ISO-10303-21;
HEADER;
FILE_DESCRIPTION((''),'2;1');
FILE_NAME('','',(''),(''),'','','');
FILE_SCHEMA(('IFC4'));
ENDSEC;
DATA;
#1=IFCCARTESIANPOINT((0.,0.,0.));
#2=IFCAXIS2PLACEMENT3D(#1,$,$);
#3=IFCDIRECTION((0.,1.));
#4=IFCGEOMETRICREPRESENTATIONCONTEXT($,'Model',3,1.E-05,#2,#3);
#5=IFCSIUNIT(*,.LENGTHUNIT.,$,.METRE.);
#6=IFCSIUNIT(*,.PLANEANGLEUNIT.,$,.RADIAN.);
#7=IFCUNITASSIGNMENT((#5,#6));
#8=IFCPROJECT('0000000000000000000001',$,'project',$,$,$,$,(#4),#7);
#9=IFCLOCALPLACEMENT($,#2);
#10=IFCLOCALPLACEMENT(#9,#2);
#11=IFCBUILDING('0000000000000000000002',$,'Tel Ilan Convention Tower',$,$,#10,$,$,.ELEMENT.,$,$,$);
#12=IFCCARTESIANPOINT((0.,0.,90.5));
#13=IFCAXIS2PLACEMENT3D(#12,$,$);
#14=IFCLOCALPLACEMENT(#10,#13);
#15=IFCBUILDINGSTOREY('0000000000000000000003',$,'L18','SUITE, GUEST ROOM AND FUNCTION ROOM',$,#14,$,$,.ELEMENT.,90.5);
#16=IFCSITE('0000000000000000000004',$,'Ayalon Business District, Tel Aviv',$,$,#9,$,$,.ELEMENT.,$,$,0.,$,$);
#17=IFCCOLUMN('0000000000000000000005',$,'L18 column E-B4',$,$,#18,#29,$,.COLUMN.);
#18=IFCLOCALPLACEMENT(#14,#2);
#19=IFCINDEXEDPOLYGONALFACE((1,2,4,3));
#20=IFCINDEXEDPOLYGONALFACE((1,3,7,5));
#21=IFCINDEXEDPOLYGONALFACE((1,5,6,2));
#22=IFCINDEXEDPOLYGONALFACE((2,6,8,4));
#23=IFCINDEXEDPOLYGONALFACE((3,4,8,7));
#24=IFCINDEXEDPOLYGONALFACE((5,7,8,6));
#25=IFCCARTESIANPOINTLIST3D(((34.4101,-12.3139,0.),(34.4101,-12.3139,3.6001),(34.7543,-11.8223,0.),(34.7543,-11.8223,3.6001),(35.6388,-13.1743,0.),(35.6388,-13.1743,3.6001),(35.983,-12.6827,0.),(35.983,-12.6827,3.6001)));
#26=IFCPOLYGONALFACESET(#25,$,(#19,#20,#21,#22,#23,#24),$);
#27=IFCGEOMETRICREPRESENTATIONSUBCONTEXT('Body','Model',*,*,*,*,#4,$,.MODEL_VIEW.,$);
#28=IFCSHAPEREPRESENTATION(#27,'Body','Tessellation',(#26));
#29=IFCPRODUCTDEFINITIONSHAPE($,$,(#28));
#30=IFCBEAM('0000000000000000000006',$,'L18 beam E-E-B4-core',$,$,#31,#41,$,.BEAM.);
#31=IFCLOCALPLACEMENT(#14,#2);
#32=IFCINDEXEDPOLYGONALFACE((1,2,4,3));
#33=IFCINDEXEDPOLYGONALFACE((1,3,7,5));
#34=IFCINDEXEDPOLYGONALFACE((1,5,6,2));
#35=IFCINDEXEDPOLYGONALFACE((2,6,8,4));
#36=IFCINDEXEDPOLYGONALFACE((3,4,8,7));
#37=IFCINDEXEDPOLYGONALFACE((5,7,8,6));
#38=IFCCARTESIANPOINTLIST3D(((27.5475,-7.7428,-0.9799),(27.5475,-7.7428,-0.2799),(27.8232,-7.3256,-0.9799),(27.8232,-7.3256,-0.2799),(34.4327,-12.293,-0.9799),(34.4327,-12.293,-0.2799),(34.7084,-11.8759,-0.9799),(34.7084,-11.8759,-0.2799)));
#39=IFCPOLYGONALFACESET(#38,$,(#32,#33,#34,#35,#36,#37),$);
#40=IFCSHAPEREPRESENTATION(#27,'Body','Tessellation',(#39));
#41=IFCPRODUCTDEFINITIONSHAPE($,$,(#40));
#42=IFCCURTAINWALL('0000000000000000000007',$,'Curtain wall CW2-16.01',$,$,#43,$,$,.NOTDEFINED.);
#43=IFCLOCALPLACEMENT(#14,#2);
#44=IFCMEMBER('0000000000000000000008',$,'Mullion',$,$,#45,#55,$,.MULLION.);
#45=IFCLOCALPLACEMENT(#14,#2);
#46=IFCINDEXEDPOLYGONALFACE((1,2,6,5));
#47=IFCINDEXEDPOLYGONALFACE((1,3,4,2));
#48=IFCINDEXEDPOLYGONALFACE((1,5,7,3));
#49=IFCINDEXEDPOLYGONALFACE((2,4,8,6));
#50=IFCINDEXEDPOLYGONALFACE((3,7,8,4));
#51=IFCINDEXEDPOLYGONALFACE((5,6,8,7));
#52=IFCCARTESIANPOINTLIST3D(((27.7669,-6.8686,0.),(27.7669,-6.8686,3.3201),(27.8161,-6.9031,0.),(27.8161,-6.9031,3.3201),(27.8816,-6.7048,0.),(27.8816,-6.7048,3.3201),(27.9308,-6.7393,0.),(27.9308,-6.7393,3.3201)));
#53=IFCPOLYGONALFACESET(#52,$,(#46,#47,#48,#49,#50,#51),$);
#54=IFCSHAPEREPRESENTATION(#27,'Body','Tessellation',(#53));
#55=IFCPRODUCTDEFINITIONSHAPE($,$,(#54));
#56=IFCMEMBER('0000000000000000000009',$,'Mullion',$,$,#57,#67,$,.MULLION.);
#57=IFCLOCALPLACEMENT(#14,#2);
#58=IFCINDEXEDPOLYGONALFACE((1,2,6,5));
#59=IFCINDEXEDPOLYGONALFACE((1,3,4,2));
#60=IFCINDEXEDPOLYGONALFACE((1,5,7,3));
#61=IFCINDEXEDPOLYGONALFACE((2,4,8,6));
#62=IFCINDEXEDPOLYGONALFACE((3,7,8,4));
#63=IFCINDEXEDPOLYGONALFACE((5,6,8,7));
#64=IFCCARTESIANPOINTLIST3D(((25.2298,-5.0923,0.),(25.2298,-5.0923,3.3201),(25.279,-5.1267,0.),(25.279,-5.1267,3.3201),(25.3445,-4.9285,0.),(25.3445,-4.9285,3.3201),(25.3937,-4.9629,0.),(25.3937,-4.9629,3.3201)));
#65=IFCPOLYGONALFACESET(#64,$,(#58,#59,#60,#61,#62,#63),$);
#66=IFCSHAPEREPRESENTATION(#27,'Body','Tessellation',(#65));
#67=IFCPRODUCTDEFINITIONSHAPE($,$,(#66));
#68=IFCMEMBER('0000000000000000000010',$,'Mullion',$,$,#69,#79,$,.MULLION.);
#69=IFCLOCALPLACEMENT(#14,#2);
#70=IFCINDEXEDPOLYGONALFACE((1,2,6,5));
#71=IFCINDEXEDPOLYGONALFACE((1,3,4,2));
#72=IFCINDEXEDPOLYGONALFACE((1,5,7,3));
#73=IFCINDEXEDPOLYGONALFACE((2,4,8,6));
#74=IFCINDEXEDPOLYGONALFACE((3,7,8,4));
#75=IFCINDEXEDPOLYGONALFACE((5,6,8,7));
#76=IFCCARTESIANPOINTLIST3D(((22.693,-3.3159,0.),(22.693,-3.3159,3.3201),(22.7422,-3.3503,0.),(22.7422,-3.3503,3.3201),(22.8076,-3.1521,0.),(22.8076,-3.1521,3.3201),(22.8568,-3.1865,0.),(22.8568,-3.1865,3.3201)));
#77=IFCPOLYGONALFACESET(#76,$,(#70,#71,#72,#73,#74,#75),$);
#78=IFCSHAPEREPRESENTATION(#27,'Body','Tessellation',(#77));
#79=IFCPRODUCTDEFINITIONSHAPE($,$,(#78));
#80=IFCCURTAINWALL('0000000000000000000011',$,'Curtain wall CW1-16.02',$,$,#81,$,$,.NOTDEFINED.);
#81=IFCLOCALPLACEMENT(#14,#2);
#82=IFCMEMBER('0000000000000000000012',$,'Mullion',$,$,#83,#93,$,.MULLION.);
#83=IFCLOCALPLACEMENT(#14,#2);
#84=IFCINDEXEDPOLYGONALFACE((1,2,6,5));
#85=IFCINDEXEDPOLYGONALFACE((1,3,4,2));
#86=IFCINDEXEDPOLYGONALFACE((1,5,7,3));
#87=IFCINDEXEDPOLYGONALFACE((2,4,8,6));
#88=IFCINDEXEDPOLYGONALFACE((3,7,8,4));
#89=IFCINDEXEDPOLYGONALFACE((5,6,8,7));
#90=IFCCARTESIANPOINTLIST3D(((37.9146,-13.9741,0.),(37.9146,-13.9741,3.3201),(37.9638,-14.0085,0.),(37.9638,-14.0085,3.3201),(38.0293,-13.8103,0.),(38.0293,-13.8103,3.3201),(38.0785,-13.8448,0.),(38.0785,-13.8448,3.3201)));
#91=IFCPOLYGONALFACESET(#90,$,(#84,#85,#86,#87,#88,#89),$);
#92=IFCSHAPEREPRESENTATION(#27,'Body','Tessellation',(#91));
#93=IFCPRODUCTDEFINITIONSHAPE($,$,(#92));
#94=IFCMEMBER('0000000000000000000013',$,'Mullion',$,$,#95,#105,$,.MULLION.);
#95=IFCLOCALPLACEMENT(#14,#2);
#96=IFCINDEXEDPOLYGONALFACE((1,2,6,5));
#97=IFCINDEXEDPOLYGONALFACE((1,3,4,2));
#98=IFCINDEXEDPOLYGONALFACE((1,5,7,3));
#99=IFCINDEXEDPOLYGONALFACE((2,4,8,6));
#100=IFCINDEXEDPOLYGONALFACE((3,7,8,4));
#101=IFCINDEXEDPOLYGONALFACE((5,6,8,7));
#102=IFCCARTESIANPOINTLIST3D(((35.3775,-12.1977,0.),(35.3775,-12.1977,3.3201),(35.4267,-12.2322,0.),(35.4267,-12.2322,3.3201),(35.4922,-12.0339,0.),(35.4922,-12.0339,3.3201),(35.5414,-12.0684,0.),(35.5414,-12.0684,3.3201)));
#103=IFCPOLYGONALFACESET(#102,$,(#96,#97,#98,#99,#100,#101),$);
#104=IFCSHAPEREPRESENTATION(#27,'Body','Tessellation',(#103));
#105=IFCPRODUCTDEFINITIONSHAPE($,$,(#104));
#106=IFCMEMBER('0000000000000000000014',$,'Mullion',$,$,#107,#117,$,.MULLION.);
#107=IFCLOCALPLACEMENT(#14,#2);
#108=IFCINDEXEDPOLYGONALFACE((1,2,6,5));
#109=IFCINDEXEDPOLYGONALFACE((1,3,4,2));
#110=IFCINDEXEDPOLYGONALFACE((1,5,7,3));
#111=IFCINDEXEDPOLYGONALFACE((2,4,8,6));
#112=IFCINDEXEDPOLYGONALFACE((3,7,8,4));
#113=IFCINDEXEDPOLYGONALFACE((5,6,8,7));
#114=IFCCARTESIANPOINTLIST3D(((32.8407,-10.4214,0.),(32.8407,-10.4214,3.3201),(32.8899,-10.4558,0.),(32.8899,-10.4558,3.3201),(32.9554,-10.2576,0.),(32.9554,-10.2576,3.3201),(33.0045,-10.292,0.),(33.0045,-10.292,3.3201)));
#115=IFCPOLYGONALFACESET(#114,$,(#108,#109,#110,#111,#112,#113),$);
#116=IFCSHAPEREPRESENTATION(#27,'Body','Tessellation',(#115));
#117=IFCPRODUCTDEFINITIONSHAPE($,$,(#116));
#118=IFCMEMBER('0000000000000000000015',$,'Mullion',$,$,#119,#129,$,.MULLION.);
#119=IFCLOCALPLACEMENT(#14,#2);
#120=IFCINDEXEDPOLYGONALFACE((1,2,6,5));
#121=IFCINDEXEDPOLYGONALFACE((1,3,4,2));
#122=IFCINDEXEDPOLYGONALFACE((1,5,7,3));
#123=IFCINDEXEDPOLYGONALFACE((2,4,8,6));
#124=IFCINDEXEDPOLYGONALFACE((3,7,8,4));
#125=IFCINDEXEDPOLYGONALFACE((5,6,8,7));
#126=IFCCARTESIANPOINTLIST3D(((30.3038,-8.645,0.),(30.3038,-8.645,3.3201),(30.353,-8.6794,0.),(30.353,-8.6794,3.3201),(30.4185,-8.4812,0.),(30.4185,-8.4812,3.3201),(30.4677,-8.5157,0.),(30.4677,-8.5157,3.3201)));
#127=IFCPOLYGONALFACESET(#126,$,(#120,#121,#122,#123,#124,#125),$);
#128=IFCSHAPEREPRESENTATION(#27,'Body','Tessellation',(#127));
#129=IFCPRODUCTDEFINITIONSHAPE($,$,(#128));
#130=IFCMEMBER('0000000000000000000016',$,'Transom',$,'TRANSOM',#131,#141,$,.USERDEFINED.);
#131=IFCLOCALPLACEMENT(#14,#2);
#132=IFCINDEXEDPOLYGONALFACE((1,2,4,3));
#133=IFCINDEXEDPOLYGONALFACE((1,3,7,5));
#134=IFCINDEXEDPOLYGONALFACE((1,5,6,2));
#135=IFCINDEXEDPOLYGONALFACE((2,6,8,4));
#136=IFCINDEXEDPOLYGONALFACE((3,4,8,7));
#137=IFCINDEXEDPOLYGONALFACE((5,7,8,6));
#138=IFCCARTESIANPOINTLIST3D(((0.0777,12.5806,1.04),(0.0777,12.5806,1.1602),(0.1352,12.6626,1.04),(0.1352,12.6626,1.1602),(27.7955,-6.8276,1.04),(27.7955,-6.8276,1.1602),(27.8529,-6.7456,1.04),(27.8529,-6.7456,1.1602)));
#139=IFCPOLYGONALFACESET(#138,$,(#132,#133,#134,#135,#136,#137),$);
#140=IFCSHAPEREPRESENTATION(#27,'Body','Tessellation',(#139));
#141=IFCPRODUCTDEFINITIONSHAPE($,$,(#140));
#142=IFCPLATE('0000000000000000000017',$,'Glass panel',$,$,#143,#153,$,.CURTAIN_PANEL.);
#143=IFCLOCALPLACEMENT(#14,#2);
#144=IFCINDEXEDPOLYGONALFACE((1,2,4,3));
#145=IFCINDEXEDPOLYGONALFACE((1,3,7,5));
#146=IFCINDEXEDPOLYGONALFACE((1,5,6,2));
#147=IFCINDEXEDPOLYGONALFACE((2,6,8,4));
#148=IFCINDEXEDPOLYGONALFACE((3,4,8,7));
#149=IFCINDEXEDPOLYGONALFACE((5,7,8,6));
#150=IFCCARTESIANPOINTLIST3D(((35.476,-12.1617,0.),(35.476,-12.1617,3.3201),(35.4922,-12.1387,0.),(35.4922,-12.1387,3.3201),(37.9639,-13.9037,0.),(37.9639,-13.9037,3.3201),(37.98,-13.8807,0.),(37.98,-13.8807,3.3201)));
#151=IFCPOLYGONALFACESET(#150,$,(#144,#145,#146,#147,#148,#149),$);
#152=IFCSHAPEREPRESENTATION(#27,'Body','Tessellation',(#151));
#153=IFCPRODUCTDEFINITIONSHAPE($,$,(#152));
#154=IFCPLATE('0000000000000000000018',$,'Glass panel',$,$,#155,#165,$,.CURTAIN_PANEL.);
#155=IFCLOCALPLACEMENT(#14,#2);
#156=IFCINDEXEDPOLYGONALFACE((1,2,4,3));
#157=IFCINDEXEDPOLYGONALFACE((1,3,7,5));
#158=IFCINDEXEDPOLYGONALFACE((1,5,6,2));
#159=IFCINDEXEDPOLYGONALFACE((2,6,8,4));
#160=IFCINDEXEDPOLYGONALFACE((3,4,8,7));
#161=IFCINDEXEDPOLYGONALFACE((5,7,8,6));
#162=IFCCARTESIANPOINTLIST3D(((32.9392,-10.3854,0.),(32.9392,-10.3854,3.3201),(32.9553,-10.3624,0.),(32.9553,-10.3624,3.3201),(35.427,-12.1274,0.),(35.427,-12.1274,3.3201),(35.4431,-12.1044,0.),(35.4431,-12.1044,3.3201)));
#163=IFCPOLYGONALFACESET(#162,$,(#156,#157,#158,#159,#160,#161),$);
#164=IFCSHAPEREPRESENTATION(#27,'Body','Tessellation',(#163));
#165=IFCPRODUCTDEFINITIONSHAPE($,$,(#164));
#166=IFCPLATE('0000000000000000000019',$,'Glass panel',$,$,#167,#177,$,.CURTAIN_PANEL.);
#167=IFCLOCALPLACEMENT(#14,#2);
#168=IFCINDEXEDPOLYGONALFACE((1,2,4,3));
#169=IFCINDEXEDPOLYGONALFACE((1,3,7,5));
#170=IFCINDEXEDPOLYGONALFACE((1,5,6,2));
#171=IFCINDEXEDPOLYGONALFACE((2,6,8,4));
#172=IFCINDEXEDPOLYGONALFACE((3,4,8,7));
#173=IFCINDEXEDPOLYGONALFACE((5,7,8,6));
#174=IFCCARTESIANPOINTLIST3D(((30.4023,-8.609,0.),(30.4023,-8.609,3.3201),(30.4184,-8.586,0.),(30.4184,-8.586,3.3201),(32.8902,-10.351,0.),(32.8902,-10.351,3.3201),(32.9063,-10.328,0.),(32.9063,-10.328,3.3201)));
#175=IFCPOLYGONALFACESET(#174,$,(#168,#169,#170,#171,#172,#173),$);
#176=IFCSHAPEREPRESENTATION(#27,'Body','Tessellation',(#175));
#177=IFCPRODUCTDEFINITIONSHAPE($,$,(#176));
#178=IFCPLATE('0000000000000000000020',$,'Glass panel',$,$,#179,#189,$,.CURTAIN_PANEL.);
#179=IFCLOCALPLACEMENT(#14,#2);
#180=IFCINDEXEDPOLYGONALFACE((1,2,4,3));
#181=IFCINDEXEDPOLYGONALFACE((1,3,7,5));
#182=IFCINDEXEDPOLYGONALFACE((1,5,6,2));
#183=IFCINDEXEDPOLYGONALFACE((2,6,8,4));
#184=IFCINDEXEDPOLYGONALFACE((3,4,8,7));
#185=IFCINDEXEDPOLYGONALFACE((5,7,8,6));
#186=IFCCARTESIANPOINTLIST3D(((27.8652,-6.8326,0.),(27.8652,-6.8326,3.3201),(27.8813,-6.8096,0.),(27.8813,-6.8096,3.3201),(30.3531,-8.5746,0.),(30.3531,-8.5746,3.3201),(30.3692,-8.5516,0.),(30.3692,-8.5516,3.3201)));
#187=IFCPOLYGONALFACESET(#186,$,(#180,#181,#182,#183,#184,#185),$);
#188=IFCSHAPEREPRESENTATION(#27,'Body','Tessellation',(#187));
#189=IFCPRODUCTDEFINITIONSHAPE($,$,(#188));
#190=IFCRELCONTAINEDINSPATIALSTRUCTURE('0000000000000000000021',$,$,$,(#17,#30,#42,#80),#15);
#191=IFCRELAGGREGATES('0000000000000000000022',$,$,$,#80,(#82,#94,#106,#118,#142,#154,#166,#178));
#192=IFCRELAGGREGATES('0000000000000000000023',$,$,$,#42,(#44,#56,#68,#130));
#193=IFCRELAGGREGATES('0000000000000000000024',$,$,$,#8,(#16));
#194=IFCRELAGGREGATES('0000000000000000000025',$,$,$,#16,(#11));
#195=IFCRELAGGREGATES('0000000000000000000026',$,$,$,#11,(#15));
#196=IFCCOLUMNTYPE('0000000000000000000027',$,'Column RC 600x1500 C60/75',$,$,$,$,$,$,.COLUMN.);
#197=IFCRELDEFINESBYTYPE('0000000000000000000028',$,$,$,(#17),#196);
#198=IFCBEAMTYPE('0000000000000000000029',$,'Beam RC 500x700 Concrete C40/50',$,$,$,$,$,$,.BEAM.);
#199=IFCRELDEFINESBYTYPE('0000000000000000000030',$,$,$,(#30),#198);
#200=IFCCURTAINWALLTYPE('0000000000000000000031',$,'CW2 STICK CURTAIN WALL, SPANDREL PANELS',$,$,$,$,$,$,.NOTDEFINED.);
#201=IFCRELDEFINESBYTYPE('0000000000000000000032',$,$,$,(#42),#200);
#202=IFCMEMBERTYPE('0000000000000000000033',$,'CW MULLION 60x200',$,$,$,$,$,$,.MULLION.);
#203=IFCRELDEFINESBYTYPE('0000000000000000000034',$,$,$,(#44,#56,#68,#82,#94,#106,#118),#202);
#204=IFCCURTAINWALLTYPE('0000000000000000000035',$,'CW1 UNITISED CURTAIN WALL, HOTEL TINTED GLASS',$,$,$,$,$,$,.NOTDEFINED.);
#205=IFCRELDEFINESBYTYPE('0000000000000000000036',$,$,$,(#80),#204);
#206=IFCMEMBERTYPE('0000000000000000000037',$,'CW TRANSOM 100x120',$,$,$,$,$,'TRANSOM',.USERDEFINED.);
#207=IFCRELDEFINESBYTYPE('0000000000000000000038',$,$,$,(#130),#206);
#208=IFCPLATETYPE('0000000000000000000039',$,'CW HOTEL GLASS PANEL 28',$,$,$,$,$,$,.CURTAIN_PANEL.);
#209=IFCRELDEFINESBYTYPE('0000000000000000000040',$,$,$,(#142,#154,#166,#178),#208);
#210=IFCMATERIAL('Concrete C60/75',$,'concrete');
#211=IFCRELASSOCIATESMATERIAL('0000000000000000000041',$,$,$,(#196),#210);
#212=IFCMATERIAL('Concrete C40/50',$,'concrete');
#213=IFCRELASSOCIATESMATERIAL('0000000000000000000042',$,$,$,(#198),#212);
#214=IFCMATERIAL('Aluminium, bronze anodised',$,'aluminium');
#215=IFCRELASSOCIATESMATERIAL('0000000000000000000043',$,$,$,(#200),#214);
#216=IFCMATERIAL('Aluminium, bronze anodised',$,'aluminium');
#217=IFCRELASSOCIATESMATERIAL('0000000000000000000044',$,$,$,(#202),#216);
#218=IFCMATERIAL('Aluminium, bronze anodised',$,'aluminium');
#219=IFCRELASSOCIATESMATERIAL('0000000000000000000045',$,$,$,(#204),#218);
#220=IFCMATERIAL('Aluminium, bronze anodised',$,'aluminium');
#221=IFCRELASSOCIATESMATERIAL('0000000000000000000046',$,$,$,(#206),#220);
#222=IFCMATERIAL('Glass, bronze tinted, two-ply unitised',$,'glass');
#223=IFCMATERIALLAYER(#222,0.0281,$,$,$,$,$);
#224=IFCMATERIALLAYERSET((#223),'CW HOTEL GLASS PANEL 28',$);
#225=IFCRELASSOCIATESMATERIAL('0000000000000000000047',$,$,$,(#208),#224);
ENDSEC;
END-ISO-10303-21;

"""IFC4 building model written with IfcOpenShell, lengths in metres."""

from ifc_helpers import new_model, si_unit, direction, frame, origin, origin_2d, place, context, subcontext, project, spatial, rectangle, extrude, material, layer, layer_set, material_profile, profile_set, type_object, element, aggregate, save


model = new_model("IFC4")

# Units and contexts
model_context = context("Model", 3, precision=1e-05, world=origin(), true_north=direction((0.0, 1.0)))
body_context = subcontext(model_context, "Body", "Model", "MODEL_VIEW")
ifc_project = project(units=[si_unit("LENGTHUNIT", "METRE"), si_unit("PLANEANGLEUNIT", "RADIAN")], contexts=[model_context])

# Site, building, storey
site_placement = place(None, origin())
site = spatial("IfcSite", under=ifc_project, at=site_placement, Name="Ayalon Business District, Tel Aviv", CompositionType="ELEMENT", RefElevation=0.0)
building_placement = place(site_placement, origin())
building = spatial("IfcBuilding", under=site, at=building_placement, Name="Tel Ilan Convention Tower", CompositionType="ELEMENT")
storey_placement = place(building_placement, frame((0.0, 0.0, 90.5)))
storey = spatial("IfcBuildingStorey", under=building, at=storey_placement, Name="L18", Description="SUITE, GUEST ROOM AND FUNCTION ROOM", CompositionType="ELEMENT", Elevation=90.5)

# Column
ifc_material_1 = material(Name="Concrete C60/75", Category="concrete")
ifc_material_profile_1 = material_profile(ifc_material_1, rectangle(XDim=1.5, YDim=0.6001, at=origin_2d()), Name="RC 600x1500")
ifc_profile_set_1 = profile_set([ifc_material_profile_1], Name="Concrete C60/75")
column_type = type_object("IfcColumnType", Name="Column RC 600x1500 C60/75", PredefinedType="COLUMN", material=ifc_profile_set_1)
column_placement = place(storey_placement, frame((35.1965, -12.4983, 0.0), z_axis=(0.0, 0.0, 1.0), x_axis=(0.819152, -0.573576, 0.0)))
element("IfcColumn", 1, at=column_placement, inside=storey, type_object=column_type, Name="L18 column E-B4", PredefinedType="COLUMN", context=body_context, shape_type="SweptSolid", body=[
    extrude(rectangle(XDim=1.5, YDim=0.6001, at=origin_2d()), origin(), (0.0, 0.0, 1.0), 3.6001),
])

# Beam
ifc_material_2 = material(Name="Concrete C40/50", Category="concrete")
ifc_material_profile_2 = material_profile(ifc_material_2, rectangle(XDim=0.5, YDim=0.7, at=origin_2d()), Name="RC 500x700")
ifc_profile_set_2 = profile_set([ifc_material_profile_2], Name="Concrete C40/50")
beam_type = type_object("IfcBeamType", Name="Beam RC 500x700 Concrete C40/50", PredefinedType="BEAM", material=ifc_profile_set_2)
beam_placement = place(storey_placement, frame((34.5706, -12.0845, -0.6299), z_axis=(-0.834274, 0.551351, 0.0), x_axis=(-0.551351, -0.834274, 0.0)))
element("IfcBeam", 2, at=beam_placement, inside=storey, type_object=beam_type, Name="L18 beam E-E-B4-core", PredefinedType="BEAM", context=body_context, shape_type="SweptSolid", body=[
    extrude(rectangle(XDim=0.5, YDim=0.7, at=origin_2d()), origin(), (0.0, 0.0, 1.0), 8.2529),
])

# Curtain walls, members
ifc_material_3 = material(Name="Aluminium, bronze anodised", Category="aluminium")
curtain_wall_type_1 = type_object("IfcCurtainWallType", Name="CW2 STICK CURTAIN WALL, SPANDREL PANELS", PredefinedType="NOTDEFINED", material=ifc_material_3)
curtain_wall_1_placement = place(storey_placement, origin())
curtain_wall_1 = element("IfcCurtainWall", 3, at=curtain_wall_1_placement, inside=storey, type_object=curtain_wall_type_1, Name="Curtain wall CW2-16.01", PredefinedType="NOTDEFINED")
ifc_material_4 = material(Name="Aluminium, bronze anodised", Category="aluminium")
ifc_material_profile_3 = material_profile(ifc_material_4, rectangle(XDim=0.0601, YDim=0.2, at=origin_2d()), Name="CW MULLION 60x200")
ifc_profile_set_3 = profile_set([ifc_material_profile_3], Name="Aluminium, bronze anodised")
member_type_1 = type_object("IfcMemberType", Name="CW MULLION 60x200", PredefinedType="MULLION", material=ifc_profile_set_3)
member_1_placement = place(storey_placement, frame((27.8489, -6.804, 0.0), z_axis=(0.0, 0.0, 1.0), x_axis=(-0.819152, 0.573576, 0.0)))
member_1 = element("IfcMember", 4, at=member_1_placement, type_object=member_type_1, Name="Mullion", PredefinedType="MULLION", context=body_context, shape_type="SweptSolid", body=[
    extrude(rectangle(XDim=0.0601, YDim=0.2, at=origin_2d()), origin(), (0.0, 0.0, 1.0), 3.3201),
])
member_2_placement = place(storey_placement, frame((25.3118, -5.0276, 0.0), z_axis=(0.0, 0.0, 1.0), x_axis=(-0.819152, 0.573576, 0.0)))
member_2 = element("IfcMember", 5, at=member_2_placement, type_object=member_type_1, Name="Mullion", PredefinedType="MULLION", context=body_context, shape_type="SweptSolid", body=[
    extrude(rectangle(XDim=0.0601, YDim=0.2, at=origin_2d()), origin(), (0.0, 0.0, 1.0), 3.3201),
])
member_3_placement = place(storey_placement, frame((22.7749, -3.2512, 0.0), z_axis=(0.0, 0.0, 1.0), x_axis=(-0.819152, 0.573576, 0.0)))
member_3 = element("IfcMember", 6, at=member_3_placement, type_object=member_type_1, Name="Mullion", PredefinedType="MULLION", context=body_context, shape_type="SweptSolid", body=[
    extrude(rectangle(XDim=0.0601, YDim=0.2, at=origin_2d()), origin(), (0.0, 0.0, 1.0), 3.3201),
])
ifc_material_5 = material(Name="Aluminium, bronze anodised", Category="aluminium")
curtain_wall_type_2 = type_object("IfcCurtainWallType", Name="CW1 UNITISED CURTAIN WALL, HOTEL TINTED GLASS", PredefinedType="NOTDEFINED", material=ifc_material_5)
curtain_wall_2_placement = place(storey_placement, origin())
curtain_wall_2 = element("IfcCurtainWall", 7, at=curtain_wall_2_placement, inside=storey, type_object=curtain_wall_type_2, Name="Curtain wall CW1-16.02", PredefinedType="NOTDEFINED")
member_4_placement = place(storey_placement, frame((37.9966, -13.9094, 0.0), z_axis=(0.0, 0.0, 1.0), x_axis=(-0.819152, 0.573576, 0.0)))
member_4 = element("IfcMember", 8, at=member_4_placement, type_object=member_type_1, Name="Mullion", PredefinedType="MULLION", context=body_context, shape_type="SweptSolid", body=[
    extrude(rectangle(XDim=0.0601, YDim=0.2, at=origin_2d()), origin(), (0.0, 0.0, 1.0), 3.3201),
])
member_5_placement = place(storey_placement, frame((35.4595, -12.1331, 0.0), z_axis=(0.0, 0.0, 1.0), x_axis=(-0.819152, 0.573576, 0.0)))
member_5 = element("IfcMember", 9, at=member_5_placement, type_object=member_type_1, Name="Mullion", PredefinedType="MULLION", context=body_context, shape_type="SweptSolid", body=[
    extrude(rectangle(XDim=0.0601, YDim=0.2, at=origin_2d()), origin(), (0.0, 0.0, 1.0), 3.3201),
])
member_6_placement = place(storey_placement, frame((32.9226, -10.3567, 0.0), z_axis=(0.0, 0.0, 1.0), x_axis=(-0.819152, 0.573576, 0.0)))
member_6 = element("IfcMember", 10, at=member_6_placement, type_object=member_type_1, Name="Mullion", PredefinedType="MULLION", context=body_context, shape_type="SweptSolid", body=[
    extrude(rectangle(XDim=0.0601, YDim=0.2, at=origin_2d()), origin(), (0.0, 0.0, 1.0), 3.3201),
])
member_7_placement = place(storey_placement, frame((30.3857, -8.5803, 0.0), z_axis=(0.0, 0.0, 1.0), x_axis=(-0.819152, 0.573576, 0.0)))
member_7 = element("IfcMember", 11, at=member_7_placement, type_object=member_type_1, Name="Mullion", PredefinedType="MULLION", context=body_context, shape_type="SweptSolid", body=[
    extrude(rectangle(XDim=0.0601, YDim=0.2, at=origin_2d()), origin(), (0.0, 0.0, 1.0), 3.3201),
])

# Member
ifc_material_6 = material(Name="Aluminium, bronze anodised", Category="aluminium")
ifc_material_profile_4 = material_profile(ifc_material_6, rectangle(XDim=0.1001, YDim=0.1201, at=origin_2d()), Name="CW TRANSOM 100x120")
ifc_profile_set_4 = profile_set([ifc_material_profile_4], Name="Aluminium, bronze anodised")
member_type_2 = type_object("IfcMemberType", Name="CW TRANSOM 100x120", ElementType="TRANSOM", PredefinedType="USERDEFINED", material=ifc_profile_set_4)
member_8_placement = place(storey_placement, frame((27.8242, -6.7866, 1.1001), z_axis=(-0.819152, 0.573577, 0.0), x_axis=(-0.573577, -0.819152, 0.0)))
member_8 = element("IfcMember", 12, at=member_8_placement, type_object=member_type_2, Name="Transom", ObjectType="TRANSOM", PredefinedType="USERDEFINED", context=body_context, shape_type="SweptSolid", body=[
    extrude(rectangle(XDim=0.1001, YDim=0.1201, at=origin_2d()), origin(), (0.0, 0.0, 1.0), 33.8372),
])

# Plates
ifc_material_7 = material(Name="Glass, bronze tinted, two-ply unitised", Category="glass")
ifc_layer_1 = layer(ifc_material_7, 0.0281)
ifc_layer_set_1 = layer_set([ifc_layer_1], Name="CW HOTEL GLASS PANEL 28")
plate_type_1 = type_object("IfcPlateType", Name="CW HOTEL GLASS PANEL 28", PredefinedType="CURTAIN_PANEL", material=ifc_layer_set_1)
plate_1_placement = place(storey_placement, frame((36.728, -13.0212, 0.0), z_axis=(0.0, 0.0, 1.0), x_axis=(-0.819152, 0.573576, 0.0)))
plate_1 = element("IfcPlate", 13, at=plate_1_placement, type_object=plate_type_1, Name="Glass panel", PredefinedType="CURTAIN_PANEL", context=body_context, shape_type="SweptSolid", body=[
    extrude(rectangle(XDim=3.0371, YDim=0.0281, at=origin_2d()), origin(), (0.0, 0.0, 1.0), 3.3201),
])
plate_2_placement = place(storey_placement, frame((34.1912, -11.2449, 0.0), z_axis=(0.0, 0.0, 1.0), x_axis=(-0.819152, 0.573576, 0.0)))
plate_2 = element("IfcPlate", 14, at=plate_2_placement, type_object=plate_type_1, Name="Glass panel", PredefinedType="CURTAIN_PANEL", context=body_context, shape_type="SweptSolid", body=[
    extrude(rectangle(XDim=3.0371, YDim=0.0281, at=origin_2d()), origin(), (0.0, 0.0, 1.0), 3.3201),
])
plate_3_placement = place(storey_placement, frame((31.6543, -9.4685, 0.0), z_axis=(0.0, 0.0, 1.0), x_axis=(-0.819152, 0.573576, 0.0)))
plate_3 = element("IfcPlate", 15, at=plate_3_placement, type_object=plate_type_1, Name="Glass panel", PredefinedType="CURTAIN_PANEL", context=body_context, shape_type="SweptSolid", body=[
    extrude(rectangle(XDim=3.0371, YDim=0.0281, at=origin_2d()), origin(), (0.0, 0.0, 1.0), 3.3201),
])
plate_4_placement = place(storey_placement, frame((29.1172, -7.6921, 0.0), z_axis=(0.0, 0.0, 1.0), x_axis=(-0.819152, 0.573576, 0.0)))
plate_4 = element("IfcPlate", 16, at=plate_4_placement, type_object=plate_type_1, Name="Glass panel", PredefinedType="CURTAIN_PANEL", context=body_context, shape_type="SweptSolid", body=[
    extrude(rectangle(XDim=3.0371, YDim=0.0281, at=origin_2d()), origin(), (0.0, 0.0, 1.0), 3.3201),
])
aggregate(curtain_wall_2, [member_4, member_5, member_6, member_7, plate_1, plate_2, plate_3, plate_4])
aggregate(curtain_wall_1, [member_1, member_2, member_3, member_8])

save(model, "model.ifc")
